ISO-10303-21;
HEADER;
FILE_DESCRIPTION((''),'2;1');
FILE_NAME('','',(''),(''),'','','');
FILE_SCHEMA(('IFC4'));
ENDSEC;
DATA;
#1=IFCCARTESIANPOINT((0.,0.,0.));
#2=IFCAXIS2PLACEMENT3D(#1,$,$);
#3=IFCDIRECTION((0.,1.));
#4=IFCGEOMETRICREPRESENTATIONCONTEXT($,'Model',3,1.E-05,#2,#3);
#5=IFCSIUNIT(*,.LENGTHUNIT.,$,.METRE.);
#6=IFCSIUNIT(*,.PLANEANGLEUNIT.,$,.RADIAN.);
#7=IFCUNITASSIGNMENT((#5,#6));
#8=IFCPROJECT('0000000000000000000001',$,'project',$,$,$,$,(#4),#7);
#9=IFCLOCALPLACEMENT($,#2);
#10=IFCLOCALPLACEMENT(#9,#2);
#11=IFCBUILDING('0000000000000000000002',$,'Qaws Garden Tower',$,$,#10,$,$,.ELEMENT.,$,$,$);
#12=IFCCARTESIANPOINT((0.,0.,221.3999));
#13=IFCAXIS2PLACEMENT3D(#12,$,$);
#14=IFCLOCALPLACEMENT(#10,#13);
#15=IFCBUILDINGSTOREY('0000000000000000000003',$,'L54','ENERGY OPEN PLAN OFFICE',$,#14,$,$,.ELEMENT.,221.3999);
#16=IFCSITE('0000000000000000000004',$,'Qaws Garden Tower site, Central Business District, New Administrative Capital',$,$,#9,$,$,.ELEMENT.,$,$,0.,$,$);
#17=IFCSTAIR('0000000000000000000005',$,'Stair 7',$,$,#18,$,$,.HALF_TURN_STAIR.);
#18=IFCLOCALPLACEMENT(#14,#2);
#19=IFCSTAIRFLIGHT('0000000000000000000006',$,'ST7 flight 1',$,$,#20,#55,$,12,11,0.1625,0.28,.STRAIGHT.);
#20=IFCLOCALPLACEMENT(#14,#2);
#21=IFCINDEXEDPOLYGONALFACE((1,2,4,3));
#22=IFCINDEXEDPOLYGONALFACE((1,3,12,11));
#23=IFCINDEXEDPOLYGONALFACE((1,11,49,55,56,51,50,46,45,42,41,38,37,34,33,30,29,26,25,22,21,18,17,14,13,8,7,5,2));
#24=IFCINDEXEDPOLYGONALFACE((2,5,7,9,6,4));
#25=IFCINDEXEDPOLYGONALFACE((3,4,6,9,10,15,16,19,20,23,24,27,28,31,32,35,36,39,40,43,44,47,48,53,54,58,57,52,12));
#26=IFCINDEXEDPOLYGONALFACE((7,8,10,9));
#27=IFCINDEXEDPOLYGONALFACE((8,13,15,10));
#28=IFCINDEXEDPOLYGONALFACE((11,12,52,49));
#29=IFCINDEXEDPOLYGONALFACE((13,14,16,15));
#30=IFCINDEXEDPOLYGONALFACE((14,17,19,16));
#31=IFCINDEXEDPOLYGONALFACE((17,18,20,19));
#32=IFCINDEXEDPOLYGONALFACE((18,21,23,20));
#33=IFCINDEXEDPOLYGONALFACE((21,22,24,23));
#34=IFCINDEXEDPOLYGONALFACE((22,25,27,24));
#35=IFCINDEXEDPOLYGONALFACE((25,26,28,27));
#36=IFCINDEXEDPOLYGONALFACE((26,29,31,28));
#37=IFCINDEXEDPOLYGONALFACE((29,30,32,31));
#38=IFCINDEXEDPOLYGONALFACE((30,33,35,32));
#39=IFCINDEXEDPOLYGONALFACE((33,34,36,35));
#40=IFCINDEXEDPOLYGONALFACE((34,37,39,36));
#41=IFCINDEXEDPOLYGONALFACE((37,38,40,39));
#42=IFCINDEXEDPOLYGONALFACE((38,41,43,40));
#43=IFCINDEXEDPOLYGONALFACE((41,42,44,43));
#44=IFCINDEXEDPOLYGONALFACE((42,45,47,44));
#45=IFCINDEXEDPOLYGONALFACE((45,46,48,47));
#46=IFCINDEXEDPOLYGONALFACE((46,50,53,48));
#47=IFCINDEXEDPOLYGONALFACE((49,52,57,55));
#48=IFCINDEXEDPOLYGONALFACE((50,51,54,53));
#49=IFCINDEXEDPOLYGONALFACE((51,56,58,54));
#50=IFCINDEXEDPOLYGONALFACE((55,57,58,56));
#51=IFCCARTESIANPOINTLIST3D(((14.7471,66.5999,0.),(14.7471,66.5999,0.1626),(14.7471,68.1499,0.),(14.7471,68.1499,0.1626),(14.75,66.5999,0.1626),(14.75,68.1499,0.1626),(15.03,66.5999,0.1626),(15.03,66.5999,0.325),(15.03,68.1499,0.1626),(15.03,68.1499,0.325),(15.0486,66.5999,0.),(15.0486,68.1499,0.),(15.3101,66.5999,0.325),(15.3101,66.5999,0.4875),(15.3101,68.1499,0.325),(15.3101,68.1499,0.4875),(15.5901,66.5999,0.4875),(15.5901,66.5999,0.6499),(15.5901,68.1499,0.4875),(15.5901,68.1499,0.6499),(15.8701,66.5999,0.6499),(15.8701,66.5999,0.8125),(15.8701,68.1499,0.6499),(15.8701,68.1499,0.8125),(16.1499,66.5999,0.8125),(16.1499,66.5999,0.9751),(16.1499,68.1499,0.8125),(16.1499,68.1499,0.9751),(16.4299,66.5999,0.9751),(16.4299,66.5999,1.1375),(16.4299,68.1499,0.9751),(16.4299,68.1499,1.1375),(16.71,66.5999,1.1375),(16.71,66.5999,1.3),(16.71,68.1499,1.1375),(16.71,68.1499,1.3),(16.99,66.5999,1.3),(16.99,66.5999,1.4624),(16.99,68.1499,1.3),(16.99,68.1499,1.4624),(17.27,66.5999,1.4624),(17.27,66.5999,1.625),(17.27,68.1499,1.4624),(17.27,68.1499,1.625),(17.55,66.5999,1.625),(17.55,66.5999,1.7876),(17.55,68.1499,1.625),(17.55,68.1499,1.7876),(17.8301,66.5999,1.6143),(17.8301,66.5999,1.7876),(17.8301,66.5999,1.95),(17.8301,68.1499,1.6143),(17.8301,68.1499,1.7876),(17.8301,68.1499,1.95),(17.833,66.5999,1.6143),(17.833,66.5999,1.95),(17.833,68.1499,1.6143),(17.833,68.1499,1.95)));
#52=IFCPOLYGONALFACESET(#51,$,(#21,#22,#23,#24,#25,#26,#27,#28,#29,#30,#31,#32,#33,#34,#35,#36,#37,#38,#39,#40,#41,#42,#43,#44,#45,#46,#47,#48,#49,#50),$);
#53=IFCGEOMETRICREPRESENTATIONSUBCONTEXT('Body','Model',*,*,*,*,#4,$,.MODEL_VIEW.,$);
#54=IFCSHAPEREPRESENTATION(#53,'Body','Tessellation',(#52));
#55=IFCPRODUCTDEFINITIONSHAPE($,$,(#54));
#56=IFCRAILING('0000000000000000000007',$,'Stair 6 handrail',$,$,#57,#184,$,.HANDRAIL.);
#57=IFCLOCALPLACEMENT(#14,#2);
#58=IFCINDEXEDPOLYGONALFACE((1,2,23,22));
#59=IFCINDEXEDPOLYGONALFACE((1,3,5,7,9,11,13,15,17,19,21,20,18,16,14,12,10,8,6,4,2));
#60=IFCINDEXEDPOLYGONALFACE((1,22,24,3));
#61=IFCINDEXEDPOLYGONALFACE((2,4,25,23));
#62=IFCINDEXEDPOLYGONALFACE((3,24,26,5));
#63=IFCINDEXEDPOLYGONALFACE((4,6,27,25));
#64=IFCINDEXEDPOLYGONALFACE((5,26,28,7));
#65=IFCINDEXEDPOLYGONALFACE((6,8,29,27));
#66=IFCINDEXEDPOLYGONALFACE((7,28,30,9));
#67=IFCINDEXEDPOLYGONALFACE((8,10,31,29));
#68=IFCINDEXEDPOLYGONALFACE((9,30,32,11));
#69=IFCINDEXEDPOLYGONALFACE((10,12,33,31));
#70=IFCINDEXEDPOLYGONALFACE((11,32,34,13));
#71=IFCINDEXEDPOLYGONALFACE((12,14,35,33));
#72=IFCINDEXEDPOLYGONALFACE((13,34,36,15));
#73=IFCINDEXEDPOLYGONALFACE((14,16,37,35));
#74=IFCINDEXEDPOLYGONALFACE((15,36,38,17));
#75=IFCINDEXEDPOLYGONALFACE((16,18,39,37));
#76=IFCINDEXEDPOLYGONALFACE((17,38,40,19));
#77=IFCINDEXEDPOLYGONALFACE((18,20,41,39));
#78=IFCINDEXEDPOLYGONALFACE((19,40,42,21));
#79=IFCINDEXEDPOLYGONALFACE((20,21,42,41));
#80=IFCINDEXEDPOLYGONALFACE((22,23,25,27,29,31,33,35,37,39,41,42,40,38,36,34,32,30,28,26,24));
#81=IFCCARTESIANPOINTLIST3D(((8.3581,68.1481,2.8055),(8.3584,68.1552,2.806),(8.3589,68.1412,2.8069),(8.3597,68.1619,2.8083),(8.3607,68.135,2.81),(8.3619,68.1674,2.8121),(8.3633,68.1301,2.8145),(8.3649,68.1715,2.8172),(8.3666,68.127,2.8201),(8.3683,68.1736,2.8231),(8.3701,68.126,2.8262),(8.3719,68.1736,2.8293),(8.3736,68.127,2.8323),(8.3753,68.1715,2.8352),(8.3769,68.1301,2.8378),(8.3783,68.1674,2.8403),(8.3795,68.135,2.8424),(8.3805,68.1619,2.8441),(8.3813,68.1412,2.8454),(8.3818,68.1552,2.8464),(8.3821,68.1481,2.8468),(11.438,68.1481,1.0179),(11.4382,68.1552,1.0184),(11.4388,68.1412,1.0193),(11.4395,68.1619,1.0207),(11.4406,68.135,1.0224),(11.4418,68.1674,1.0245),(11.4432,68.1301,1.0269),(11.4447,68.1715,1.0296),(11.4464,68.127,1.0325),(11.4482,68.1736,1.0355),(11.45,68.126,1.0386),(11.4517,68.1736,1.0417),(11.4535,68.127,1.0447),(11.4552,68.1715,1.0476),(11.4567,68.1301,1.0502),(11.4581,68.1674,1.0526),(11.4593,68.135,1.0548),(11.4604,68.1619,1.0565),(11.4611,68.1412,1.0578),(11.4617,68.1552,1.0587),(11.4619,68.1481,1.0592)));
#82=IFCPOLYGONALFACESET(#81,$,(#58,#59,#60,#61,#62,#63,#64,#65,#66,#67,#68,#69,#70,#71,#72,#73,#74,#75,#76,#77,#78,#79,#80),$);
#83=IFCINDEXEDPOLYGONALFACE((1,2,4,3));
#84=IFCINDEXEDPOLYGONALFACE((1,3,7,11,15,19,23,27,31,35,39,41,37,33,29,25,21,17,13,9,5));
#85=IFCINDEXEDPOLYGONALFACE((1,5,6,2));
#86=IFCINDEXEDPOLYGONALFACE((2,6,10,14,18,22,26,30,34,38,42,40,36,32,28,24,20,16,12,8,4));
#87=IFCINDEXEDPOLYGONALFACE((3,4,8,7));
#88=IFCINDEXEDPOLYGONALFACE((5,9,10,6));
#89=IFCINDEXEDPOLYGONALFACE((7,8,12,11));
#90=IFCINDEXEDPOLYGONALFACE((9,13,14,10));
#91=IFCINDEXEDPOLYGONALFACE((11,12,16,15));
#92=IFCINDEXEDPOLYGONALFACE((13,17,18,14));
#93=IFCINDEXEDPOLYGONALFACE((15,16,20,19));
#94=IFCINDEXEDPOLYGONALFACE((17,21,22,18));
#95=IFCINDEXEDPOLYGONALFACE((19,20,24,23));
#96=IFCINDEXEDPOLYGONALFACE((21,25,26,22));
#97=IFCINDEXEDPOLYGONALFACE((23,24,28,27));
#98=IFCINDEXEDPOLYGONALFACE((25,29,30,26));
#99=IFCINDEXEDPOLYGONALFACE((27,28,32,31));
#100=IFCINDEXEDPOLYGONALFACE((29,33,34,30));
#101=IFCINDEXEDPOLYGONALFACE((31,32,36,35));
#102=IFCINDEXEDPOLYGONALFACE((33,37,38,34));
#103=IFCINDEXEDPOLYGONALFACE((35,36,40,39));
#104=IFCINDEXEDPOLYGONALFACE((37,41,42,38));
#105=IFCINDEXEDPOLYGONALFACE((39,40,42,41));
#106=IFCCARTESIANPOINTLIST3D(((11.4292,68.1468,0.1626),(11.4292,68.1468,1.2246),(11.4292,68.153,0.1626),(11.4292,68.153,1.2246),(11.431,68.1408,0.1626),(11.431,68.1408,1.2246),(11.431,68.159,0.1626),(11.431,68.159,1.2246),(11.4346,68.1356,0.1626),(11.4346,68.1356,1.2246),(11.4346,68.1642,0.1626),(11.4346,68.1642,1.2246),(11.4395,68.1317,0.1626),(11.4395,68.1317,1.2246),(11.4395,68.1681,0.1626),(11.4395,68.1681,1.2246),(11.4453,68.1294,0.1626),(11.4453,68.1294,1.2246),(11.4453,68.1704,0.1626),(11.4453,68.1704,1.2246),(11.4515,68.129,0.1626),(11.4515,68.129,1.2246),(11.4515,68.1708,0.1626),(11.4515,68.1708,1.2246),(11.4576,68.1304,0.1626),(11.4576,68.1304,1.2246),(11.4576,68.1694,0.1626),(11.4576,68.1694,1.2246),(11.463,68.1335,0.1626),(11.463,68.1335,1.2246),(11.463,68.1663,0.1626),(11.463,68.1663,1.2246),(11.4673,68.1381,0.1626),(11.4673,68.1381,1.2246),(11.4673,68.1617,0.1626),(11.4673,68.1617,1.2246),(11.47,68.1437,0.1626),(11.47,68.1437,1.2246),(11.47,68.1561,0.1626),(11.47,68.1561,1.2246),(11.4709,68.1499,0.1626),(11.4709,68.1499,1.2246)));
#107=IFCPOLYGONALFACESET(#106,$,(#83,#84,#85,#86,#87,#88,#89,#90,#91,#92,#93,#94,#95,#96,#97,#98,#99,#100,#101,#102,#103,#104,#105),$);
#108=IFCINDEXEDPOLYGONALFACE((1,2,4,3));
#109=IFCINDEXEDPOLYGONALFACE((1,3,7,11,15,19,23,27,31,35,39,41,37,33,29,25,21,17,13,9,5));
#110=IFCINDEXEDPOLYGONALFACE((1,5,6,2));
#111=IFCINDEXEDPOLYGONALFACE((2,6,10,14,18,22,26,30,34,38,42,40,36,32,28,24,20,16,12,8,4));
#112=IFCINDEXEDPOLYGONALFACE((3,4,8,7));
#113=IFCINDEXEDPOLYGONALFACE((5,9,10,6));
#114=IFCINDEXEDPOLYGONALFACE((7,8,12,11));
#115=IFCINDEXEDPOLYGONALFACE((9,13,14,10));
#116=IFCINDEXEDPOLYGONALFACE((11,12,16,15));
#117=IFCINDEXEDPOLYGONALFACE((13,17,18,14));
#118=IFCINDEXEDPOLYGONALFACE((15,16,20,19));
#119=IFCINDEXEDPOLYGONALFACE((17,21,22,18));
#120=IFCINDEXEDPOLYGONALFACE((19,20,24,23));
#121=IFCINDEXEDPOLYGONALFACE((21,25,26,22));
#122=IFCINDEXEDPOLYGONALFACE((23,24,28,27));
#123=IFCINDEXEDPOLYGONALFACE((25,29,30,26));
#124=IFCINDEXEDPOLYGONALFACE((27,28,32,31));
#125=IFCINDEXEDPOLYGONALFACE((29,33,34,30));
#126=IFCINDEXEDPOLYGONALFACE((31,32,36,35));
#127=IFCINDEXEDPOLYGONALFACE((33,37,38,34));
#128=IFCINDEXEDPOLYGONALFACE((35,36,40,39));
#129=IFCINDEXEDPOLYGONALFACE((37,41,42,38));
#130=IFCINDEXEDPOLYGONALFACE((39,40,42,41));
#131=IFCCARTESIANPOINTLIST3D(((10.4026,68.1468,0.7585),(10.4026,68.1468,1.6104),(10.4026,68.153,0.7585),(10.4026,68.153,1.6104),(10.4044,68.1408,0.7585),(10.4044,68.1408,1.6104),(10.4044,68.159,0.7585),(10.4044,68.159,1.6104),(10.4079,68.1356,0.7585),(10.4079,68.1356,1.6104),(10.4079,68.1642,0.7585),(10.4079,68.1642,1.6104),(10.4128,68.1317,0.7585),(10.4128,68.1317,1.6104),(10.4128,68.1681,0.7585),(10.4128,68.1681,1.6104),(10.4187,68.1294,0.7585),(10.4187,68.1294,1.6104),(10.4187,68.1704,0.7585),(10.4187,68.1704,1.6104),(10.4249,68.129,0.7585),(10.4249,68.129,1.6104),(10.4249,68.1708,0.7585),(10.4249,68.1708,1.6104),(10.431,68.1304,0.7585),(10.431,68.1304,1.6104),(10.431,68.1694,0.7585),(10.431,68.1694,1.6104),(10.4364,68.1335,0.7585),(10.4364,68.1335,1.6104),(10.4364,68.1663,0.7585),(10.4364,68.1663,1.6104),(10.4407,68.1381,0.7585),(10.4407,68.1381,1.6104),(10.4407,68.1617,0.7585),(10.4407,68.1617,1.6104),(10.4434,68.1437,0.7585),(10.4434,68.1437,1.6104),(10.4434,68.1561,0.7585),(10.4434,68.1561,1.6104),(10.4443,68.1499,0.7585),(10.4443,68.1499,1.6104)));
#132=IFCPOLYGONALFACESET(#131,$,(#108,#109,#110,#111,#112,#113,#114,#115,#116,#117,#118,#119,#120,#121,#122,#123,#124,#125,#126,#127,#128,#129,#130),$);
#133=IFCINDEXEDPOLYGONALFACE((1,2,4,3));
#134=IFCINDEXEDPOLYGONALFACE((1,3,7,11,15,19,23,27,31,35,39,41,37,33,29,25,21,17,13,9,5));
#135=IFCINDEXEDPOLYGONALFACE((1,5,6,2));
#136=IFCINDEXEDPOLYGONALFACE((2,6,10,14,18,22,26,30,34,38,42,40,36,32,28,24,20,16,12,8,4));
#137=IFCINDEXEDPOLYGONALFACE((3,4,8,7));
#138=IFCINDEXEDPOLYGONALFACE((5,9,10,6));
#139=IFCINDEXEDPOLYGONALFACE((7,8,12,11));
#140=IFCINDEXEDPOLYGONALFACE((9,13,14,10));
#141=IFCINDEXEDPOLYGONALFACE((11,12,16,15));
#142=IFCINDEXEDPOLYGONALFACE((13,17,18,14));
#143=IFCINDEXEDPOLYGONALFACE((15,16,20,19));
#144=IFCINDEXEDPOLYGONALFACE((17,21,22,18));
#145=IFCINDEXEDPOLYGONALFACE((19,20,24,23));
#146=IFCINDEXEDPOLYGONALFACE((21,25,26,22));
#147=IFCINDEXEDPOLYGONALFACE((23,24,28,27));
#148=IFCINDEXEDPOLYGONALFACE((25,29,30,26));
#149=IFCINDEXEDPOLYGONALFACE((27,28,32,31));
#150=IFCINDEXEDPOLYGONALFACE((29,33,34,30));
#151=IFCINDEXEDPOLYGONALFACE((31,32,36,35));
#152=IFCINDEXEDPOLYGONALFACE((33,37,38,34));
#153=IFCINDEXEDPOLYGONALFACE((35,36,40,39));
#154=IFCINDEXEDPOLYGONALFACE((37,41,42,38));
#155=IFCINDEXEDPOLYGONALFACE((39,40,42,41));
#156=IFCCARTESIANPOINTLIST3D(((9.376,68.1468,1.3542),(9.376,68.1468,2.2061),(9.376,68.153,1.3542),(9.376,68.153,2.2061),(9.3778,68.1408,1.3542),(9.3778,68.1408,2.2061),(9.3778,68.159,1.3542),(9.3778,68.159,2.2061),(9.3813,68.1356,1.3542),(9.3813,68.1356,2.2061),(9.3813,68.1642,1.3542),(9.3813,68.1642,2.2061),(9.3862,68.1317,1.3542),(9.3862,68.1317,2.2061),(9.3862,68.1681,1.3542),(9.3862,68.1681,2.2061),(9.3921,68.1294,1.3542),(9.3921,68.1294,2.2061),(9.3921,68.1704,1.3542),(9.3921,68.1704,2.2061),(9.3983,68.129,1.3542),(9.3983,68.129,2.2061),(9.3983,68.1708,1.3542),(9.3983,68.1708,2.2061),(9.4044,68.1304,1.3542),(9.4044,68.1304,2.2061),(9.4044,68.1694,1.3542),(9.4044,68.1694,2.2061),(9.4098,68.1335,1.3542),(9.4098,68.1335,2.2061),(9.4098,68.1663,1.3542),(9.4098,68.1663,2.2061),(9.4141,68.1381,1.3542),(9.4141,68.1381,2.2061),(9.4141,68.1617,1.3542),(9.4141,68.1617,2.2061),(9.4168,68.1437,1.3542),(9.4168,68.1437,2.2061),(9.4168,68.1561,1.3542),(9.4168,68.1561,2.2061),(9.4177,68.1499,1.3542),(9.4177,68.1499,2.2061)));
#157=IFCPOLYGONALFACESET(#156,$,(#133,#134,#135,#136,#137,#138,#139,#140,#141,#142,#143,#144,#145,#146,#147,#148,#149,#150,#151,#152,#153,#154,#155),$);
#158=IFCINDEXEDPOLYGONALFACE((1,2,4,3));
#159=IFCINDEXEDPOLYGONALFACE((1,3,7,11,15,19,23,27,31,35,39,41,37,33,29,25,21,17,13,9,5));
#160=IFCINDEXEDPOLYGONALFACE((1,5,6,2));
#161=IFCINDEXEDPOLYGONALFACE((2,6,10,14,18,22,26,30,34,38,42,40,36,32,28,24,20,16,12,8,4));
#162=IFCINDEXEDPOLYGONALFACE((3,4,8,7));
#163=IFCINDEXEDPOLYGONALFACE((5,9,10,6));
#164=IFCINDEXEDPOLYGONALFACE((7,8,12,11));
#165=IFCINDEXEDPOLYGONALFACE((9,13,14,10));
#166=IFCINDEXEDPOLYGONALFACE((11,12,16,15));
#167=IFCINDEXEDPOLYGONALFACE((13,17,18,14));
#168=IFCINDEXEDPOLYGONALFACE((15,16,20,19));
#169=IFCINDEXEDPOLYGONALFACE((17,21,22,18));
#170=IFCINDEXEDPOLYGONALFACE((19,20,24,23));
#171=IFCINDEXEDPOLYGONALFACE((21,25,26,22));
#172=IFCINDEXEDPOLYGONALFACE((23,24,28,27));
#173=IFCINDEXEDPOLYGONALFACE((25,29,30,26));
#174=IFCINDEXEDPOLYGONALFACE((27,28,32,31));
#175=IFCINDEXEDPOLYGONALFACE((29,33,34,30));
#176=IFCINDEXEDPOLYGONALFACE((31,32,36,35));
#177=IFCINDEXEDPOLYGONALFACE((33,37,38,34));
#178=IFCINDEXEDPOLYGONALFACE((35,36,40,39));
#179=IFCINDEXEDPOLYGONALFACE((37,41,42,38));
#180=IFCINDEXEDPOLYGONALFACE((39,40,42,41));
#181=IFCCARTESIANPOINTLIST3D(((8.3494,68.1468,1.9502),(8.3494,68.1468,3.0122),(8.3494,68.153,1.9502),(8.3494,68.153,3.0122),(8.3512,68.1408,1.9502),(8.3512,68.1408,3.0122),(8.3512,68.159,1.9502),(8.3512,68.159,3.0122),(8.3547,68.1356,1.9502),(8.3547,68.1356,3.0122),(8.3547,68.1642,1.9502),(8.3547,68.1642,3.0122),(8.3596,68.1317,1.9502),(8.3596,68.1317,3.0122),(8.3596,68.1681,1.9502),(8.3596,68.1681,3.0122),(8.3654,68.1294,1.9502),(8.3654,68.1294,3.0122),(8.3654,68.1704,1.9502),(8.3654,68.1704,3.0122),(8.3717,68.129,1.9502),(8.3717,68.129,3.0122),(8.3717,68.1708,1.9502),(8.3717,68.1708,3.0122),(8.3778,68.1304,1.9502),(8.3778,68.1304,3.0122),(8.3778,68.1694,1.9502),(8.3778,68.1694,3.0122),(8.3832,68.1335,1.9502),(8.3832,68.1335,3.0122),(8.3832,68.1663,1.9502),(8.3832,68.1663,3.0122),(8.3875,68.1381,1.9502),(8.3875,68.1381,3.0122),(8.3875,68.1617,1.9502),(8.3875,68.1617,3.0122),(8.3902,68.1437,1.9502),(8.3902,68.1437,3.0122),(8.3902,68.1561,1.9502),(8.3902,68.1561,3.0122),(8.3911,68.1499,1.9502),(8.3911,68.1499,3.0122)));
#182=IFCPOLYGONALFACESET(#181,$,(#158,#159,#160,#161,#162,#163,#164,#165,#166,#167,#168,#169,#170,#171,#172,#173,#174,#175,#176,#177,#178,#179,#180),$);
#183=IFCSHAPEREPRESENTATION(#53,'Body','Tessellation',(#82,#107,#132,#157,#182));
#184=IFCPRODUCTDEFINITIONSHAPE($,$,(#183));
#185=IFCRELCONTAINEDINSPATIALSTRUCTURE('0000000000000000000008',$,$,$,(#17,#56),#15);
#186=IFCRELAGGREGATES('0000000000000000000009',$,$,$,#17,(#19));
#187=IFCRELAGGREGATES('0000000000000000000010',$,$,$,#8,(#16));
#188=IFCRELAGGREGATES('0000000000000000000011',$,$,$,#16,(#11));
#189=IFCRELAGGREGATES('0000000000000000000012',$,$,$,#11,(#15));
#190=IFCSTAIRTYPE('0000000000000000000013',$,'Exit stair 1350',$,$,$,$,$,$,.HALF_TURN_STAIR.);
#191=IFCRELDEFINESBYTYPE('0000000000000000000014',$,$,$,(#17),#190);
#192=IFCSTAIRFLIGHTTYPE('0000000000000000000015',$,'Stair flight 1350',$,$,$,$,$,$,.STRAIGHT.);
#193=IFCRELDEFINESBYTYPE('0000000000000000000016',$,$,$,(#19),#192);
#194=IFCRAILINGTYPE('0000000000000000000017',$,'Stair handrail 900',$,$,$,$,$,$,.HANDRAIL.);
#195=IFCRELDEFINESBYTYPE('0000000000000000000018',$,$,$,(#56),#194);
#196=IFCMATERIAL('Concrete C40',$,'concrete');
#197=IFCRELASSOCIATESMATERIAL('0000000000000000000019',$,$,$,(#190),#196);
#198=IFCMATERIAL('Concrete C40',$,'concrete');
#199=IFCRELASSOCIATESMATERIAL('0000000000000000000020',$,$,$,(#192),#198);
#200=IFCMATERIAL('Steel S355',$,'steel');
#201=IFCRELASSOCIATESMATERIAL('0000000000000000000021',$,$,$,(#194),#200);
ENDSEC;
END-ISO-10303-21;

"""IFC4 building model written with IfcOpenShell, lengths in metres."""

from ifc_helpers import new_model, si_unit, direction, frame, origin, origin_2d, place, context, subcontext, project, spatial, polyline, circle, outline, extrude, material, type_object, element, aggregate, save


model = new_model("IFC4")

# Units and contexts
model_context = context("Model", 3, precision=1e-05, world=origin(), true_north=direction((0.0, 1.0)))
body_context = subcontext(model_context, "Body", "Model", "MODEL_VIEW")
ifc_project = project(units=[si_unit("LENGTHUNIT", "METRE"), si_unit("PLANEANGLEUNIT", "RADIAN")], contexts=[model_context])

# Site, building, storey
site_placement = place(None, origin())
site = spatial("IfcSite", under=ifc_project, at=site_placement, Name="Qaws Garden Tower site, Central Business District, New Administrative Capital", CompositionType="ELEMENT", RefElevation=0.0)
building_placement = place(site_placement, origin())
building = spatial("IfcBuilding", under=site, at=building_placement, Name="Qaws Garden Tower", CompositionType="ELEMENT")
storey_placement = place(building_placement, frame((0.0, 0.0, 221.3999)))
storey = spatial("IfcBuildingStorey", under=building, at=storey_placement, Name="L54", Description="ENERGY OPEN PLAN OFFICE", CompositionType="ELEMENT", Elevation=221.3999)

# Shared definitions
ifc_material_1 = material(Name="Concrete C40", Category="concrete")
stair_type = type_object("IfcStairType", Name="Exit stair 1350", PredefinedType="HALF_TURN_STAIR", material=ifc_material_1)
placement = place(storey_placement, origin())
ifc_material_2 = material(Name="Concrete C40", Category="concrete")
stair_flight_type = type_object("IfcStairFlightType", Name="Stair flight 1350", PredefinedType="STRAIGHT", material=ifc_material_2)

# Stair, stair flight
stair_1 = element("IfcStair", 1, at=placement, inside=storey, type_object=stair_type, Name="Stair 7", PredefinedType="HALF_TURN_STAIR")
stair_flight_1_placement = place(storey_placement, frame((14.75, 67.375, 0.0), z_axis=(0.0, 0.0, 1.0), x_axis=(1.0, 0.0, 0.0)))
stair_flight_1 = element("IfcStairFlight", 2, at=stair_flight_1_placement, type_object=stair_flight_type, Name="ST7 flight 1", NumberOfRisers=12, NumberOfTreads=11, PredefinedType="STRAIGHT", RiserHeight=0.1625, TreadLength=0.28, context=body_context, shape_type="SweptSolid", body=[
    extrude(outline(polyline([(-0.0029, 0.0), (-0.0029, 0.1626), (0.0, 0.1626), (0.28, 0.1626), (0.28, 0.325), (0.5601, 0.325), (0.5601, 0.4875), (0.8401, 0.4875), (0.8401, 0.6499), (1.1201, 0.6499), (1.1201, 0.8125), (1.3999, 0.8125), (1.3999, 0.9751), (1.6799, 0.9751), (1.6799, 1.1375), (1.96, 1.1375), (1.96, 1.3), (2.24, 1.3), (2.24, 1.4624), (2.52, 1.4624), (2.52, 1.625), (2.8, 1.625), (2.8, 1.7876), (3.0801, 1.7876), (3.0801, 1.95), (3.083, 1.95), (3.083, 1.6143), (3.0801, 1.6143), (0.2986, 0.0), (-0.0029, 0.0)])), frame((0.0, 0.7749, 0.0), z_axis=(0.0, -1.0, 0.0), x_axis=(1.0, 0.0, 0.0)), (0.0, 0.0, 1.0), 1.55),
])
aggregate(stair_1, [stair_flight_1])

# Railing
ifc_material_3 = material(Name="Steel S355", Category="steel")
railing_type = type_object("IfcRailingType", Name="Stair handrail 900", PredefinedType="HANDRAIL", material=ifc_material_3)
railing_1_placement = place(storey_placement, frame((11.45, 68.1499, 0.1626)))
element("IfcRailing", 3, at=railing_1_placement, inside=storey, type_object=railing_type, Name="Stair 6 handrail", PredefinedType="HANDRAIL", context=body_context, shape_type="SweptSolid", body=[
    extrude(circle(Radius=0.0239, at=origin_2d()), frame((0.0, 0.0, 0.876), z_axis=(-0.864873, 0.0, 0.50199), x_axis=(0.0, -1.0, 0.0)), (0.0, 0.0, 1.0), 3.561),
    extrude(circle(Radius=0.021, at=origin_2d()), origin(), (0.0, 0.0, 1.0), 1.062),
    extrude(circle(Radius=0.021, at=origin_2d()), frame((-1.0266, 0.0, 0.5959)), (0.0, 0.0, 1.0), 0.8518),
    extrude(circle(Radius=0.021, at=origin_2d()), frame((-2.0532, 0.0, 1.1917)), (0.0, 0.0, 1.0), 0.8518),
    extrude(circle(Radius=0.021, at=origin_2d()), frame((-3.0798, 0.0, 1.7876)), (0.0, 0.0, 1.0), 1.062),
])

save(model, "model.ifc")
